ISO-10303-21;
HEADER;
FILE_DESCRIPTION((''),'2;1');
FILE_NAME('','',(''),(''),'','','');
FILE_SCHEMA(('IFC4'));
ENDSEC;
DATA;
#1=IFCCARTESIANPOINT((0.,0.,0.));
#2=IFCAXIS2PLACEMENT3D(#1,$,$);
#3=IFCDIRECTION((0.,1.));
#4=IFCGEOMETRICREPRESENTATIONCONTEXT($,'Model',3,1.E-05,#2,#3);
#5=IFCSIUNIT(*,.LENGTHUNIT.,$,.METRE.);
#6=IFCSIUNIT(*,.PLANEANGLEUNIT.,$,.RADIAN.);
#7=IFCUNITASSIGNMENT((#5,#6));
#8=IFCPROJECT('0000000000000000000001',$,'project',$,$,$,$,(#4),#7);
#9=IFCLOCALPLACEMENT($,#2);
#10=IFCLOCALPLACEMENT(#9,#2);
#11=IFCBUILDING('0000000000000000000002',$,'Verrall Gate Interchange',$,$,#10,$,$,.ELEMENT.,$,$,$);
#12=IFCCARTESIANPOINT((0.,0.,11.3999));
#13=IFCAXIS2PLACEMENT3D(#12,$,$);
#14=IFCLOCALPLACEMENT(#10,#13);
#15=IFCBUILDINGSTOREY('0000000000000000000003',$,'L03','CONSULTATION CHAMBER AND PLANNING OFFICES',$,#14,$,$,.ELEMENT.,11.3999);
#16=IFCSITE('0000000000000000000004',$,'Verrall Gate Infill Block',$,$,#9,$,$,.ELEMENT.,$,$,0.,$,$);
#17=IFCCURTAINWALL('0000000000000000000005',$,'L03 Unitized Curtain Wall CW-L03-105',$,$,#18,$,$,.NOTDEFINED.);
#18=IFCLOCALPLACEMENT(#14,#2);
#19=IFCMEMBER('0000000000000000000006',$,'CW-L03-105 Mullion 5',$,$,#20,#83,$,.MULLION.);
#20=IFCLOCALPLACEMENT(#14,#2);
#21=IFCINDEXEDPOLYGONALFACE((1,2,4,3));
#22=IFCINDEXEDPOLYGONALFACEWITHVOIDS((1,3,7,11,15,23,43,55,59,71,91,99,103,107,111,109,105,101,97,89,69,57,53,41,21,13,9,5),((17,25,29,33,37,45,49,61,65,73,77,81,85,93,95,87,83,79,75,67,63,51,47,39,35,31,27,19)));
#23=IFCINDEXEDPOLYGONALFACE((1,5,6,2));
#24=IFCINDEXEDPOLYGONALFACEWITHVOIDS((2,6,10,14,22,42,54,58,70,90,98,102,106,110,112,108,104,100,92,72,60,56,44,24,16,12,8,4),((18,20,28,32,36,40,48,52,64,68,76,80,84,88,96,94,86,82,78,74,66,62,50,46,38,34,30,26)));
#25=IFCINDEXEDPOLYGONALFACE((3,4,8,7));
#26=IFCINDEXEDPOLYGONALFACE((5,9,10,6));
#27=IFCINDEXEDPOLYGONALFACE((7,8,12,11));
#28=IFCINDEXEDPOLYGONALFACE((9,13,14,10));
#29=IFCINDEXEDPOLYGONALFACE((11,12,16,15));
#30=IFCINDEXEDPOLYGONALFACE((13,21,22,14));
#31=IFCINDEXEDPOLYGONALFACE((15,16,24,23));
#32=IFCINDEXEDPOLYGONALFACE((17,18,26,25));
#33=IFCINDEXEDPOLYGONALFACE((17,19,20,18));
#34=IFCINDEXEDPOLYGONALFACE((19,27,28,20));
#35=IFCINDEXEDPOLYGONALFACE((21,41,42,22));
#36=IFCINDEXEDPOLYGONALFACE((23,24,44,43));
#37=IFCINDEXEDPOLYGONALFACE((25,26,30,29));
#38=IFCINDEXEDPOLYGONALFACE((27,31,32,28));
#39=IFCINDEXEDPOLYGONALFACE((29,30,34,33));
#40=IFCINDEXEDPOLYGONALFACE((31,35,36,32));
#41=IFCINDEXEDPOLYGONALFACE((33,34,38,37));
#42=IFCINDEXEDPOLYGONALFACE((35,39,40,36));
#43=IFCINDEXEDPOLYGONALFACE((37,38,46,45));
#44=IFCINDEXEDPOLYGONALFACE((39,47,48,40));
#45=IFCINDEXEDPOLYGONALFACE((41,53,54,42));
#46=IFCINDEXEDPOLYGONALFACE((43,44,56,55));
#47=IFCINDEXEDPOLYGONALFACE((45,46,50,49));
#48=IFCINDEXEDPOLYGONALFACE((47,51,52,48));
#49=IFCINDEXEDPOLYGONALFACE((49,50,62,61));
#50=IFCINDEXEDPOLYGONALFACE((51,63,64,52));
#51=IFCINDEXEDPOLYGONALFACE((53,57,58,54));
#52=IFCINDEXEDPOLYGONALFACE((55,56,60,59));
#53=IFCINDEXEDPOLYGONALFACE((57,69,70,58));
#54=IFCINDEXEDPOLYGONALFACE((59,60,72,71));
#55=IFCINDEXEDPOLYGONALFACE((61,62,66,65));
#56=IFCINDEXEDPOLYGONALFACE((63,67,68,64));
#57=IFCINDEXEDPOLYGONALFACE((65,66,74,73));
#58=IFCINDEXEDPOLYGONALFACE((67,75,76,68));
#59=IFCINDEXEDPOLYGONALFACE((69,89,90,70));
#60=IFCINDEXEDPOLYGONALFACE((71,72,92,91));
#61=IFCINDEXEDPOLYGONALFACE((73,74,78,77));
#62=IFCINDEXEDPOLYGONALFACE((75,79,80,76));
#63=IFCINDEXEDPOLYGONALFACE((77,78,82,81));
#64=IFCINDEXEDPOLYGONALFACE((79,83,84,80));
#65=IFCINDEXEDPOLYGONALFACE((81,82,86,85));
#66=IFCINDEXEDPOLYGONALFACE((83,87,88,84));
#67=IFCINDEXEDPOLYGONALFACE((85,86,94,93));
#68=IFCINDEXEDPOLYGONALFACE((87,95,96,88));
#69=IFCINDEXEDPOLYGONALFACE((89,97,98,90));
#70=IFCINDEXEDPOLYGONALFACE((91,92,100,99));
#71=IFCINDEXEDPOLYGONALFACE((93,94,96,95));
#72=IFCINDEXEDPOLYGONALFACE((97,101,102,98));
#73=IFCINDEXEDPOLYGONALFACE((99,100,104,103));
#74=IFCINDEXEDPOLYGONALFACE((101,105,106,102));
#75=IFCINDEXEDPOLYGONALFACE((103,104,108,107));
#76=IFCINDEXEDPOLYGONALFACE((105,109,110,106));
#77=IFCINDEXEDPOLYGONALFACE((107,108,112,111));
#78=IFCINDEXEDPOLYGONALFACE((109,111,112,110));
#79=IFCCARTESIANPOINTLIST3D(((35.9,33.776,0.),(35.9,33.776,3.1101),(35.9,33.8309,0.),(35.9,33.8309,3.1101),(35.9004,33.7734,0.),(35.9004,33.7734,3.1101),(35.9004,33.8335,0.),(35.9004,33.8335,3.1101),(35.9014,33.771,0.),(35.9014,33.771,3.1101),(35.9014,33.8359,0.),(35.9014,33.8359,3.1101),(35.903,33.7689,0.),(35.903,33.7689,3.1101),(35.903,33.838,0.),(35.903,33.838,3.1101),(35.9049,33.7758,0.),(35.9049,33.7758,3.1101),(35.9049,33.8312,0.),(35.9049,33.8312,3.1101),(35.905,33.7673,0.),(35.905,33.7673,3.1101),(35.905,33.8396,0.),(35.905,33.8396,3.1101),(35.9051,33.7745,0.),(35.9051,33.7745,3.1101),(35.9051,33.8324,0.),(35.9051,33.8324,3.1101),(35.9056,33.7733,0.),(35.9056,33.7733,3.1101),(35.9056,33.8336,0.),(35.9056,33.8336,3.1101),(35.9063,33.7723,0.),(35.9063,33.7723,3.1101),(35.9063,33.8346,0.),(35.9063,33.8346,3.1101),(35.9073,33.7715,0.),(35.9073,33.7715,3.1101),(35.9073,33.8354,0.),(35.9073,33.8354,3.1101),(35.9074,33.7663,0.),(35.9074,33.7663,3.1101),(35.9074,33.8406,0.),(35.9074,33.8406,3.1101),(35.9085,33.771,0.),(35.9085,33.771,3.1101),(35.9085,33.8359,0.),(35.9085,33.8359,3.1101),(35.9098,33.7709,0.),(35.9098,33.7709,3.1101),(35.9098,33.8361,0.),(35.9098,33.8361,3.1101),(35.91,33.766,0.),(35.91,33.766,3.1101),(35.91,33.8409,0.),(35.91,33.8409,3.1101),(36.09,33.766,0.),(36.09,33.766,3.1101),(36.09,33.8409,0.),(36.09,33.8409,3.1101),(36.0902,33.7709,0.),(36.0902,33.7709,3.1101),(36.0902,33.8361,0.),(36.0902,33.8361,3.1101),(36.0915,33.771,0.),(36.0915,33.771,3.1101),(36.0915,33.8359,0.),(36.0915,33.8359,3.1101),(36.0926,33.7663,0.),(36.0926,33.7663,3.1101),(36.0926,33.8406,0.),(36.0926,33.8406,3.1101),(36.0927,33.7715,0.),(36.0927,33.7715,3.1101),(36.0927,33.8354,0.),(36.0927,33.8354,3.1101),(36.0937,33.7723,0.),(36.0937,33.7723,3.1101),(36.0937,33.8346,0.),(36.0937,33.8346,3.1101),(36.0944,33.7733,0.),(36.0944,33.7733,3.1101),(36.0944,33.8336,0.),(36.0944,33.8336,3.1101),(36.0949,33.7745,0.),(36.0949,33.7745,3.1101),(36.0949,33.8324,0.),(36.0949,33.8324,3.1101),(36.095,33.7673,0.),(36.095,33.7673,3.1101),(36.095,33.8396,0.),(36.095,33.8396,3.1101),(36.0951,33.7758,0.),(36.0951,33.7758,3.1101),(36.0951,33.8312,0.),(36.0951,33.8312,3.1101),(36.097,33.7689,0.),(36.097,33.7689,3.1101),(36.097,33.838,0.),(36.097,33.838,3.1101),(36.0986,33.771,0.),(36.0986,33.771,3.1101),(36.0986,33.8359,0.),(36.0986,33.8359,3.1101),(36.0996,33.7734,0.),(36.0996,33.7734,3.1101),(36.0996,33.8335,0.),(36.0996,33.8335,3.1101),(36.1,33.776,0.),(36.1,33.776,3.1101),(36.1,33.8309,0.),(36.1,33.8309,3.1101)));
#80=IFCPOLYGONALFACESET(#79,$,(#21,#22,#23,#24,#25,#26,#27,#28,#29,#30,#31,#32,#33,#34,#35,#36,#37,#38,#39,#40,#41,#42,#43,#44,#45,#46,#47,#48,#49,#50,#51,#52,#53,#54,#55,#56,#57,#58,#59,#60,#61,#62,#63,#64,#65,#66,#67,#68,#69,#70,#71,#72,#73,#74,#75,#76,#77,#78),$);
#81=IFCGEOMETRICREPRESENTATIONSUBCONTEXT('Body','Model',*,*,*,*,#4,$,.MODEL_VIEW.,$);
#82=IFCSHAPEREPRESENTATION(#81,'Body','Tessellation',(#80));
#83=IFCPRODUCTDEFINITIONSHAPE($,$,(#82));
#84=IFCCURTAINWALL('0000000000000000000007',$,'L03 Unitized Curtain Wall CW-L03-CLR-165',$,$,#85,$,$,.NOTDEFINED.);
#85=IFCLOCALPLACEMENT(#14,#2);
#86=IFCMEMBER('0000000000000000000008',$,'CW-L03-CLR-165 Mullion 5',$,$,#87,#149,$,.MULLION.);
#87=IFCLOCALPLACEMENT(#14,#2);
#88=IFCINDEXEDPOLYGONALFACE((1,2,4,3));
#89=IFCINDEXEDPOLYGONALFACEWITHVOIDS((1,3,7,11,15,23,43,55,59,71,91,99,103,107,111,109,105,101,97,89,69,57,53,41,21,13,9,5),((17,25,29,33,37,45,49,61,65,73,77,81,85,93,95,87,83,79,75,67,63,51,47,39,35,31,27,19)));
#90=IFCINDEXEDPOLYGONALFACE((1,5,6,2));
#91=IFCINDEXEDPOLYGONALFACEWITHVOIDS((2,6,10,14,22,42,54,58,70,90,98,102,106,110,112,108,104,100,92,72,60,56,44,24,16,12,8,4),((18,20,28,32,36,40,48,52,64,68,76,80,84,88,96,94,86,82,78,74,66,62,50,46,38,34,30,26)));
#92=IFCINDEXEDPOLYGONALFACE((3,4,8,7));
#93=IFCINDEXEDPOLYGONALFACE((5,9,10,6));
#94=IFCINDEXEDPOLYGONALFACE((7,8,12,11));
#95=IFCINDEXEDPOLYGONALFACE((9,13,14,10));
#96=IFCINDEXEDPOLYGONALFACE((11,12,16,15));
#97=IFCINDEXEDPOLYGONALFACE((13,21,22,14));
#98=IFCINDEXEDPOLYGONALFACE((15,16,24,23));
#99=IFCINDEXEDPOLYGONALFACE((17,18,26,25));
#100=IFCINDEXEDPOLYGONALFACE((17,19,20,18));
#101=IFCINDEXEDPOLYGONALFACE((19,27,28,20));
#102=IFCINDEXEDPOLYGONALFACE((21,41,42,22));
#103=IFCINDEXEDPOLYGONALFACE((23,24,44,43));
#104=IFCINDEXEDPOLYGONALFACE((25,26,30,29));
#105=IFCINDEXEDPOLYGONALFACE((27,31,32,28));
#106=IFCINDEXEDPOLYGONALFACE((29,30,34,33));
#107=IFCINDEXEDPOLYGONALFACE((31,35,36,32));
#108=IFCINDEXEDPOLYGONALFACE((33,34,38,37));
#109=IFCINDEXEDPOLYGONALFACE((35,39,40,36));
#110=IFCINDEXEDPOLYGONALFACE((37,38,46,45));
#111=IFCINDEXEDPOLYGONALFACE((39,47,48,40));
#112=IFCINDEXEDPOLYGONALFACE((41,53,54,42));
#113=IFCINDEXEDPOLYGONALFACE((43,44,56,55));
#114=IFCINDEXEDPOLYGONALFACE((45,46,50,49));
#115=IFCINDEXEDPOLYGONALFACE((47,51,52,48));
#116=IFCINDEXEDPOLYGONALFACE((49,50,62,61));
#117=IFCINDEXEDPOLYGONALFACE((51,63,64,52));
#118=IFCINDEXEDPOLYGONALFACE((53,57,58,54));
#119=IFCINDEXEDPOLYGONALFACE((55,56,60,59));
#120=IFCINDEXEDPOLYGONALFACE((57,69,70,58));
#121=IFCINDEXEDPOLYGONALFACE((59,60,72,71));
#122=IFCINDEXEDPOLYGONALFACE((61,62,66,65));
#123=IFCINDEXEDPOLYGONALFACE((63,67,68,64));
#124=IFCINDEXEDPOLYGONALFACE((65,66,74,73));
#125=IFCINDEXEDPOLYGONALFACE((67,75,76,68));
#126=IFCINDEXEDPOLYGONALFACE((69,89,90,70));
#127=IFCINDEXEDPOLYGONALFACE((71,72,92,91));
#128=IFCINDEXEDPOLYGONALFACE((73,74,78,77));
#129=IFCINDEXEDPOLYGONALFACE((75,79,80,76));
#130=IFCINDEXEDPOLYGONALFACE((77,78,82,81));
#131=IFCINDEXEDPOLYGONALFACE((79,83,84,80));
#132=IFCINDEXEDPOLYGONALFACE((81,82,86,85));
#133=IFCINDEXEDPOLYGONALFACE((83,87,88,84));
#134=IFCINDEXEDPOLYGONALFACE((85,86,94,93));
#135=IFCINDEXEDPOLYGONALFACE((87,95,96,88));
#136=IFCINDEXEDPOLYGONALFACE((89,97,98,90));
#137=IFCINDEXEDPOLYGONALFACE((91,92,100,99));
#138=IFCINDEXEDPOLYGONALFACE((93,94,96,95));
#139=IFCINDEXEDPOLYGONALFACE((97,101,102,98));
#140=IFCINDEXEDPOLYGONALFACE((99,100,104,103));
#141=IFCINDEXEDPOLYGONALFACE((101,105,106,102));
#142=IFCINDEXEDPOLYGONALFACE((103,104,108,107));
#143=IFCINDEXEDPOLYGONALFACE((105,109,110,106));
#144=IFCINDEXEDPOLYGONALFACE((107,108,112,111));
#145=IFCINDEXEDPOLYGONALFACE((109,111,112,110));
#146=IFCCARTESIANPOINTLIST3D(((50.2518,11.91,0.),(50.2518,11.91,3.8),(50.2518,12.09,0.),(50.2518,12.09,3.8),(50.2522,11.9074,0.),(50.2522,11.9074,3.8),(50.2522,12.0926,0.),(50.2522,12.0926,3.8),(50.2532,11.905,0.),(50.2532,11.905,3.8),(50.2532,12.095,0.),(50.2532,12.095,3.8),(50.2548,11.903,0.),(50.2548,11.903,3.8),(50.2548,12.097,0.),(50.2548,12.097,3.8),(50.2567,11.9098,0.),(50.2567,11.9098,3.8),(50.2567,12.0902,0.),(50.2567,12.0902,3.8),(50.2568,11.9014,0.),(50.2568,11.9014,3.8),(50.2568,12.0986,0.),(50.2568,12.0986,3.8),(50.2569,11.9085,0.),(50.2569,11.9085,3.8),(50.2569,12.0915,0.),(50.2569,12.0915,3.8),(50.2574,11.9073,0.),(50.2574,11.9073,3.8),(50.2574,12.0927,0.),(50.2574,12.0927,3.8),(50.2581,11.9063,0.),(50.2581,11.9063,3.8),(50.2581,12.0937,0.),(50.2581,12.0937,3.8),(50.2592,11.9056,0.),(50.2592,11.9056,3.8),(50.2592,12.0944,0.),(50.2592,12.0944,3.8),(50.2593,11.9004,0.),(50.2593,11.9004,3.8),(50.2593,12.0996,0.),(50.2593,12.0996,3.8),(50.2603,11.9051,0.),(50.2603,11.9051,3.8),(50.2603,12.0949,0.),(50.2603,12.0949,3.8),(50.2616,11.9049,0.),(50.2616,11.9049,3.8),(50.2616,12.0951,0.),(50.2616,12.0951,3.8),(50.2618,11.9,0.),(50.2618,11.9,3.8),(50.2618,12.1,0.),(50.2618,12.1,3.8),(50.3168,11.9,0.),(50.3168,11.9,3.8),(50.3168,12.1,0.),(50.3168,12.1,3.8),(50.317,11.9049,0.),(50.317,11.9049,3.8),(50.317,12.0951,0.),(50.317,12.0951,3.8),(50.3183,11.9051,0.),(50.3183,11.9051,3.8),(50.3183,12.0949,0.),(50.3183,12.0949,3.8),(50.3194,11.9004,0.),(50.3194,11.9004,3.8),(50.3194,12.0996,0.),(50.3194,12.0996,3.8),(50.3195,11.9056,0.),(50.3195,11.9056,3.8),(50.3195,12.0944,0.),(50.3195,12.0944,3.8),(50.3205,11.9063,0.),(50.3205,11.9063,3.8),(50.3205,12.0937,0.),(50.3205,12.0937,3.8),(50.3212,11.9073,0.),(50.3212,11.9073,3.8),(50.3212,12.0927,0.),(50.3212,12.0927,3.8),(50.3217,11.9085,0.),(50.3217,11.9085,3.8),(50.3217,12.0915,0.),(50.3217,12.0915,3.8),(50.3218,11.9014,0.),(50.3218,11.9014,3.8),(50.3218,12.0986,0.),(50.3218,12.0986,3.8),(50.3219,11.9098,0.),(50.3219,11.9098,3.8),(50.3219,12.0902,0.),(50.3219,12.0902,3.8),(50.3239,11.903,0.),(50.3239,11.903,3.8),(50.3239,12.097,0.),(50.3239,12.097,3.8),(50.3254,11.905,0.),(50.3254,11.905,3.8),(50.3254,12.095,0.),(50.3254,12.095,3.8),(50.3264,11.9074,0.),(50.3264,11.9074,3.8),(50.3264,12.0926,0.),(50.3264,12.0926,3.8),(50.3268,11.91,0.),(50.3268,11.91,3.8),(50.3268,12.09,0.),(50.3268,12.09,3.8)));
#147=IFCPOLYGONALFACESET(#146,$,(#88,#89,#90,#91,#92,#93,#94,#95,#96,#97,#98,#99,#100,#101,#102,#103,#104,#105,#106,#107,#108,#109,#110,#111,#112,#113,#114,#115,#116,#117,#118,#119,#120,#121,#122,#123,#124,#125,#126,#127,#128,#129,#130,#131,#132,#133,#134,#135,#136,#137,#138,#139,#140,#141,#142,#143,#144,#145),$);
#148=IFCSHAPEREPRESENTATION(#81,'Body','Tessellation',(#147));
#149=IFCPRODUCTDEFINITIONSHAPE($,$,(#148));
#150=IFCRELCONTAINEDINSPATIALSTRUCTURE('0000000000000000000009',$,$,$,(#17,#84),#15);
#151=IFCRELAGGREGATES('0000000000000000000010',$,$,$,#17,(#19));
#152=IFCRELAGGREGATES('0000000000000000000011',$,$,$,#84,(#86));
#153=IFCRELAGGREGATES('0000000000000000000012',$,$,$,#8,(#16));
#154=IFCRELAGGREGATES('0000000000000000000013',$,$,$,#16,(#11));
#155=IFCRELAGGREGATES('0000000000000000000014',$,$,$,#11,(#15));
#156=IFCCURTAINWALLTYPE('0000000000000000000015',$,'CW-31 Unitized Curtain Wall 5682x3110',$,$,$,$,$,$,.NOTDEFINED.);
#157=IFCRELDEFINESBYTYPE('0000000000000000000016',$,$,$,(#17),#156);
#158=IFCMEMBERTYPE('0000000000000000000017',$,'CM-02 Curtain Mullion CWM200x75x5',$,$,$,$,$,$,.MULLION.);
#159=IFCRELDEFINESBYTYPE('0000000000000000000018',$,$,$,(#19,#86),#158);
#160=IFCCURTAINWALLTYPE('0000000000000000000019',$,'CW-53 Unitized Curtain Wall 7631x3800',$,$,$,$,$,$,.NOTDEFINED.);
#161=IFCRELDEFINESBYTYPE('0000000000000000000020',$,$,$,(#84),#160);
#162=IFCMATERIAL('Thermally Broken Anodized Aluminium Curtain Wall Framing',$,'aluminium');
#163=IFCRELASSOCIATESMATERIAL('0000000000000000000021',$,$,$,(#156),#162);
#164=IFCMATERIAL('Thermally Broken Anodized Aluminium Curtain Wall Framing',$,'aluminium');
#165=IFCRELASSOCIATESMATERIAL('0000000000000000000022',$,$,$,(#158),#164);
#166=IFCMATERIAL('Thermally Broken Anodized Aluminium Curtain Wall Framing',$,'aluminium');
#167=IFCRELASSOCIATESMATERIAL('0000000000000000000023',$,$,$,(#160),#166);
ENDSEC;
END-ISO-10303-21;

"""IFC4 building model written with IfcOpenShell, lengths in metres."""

from ifc_helpers import new_model, si_unit, direction, frame, origin, origin_2d, place, context, subcontext, project, spatial, hollow_rectangle, extrude, material, material_profile, profile_set, type_object, element, aggregate, save


model = new_model("IFC4")

# Units and contexts
model_context = context("Model", 3, precision=1e-05, world=origin(), true_north=direction((0.0, 1.0)))
body_context = subcontext(model_context, "Body", "Model", "MODEL_VIEW")
ifc_project = project(units=[si_unit("LENGTHUNIT", "METRE"), si_unit("PLANEANGLEUNIT", "RADIAN")], contexts=[model_context])

# Site, building, storey
site_placement = place(None, origin())
site = spatial("IfcSite", under=ifc_project, at=site_placement, Name="Verrall Gate Infill Block", CompositionType="ELEMENT", RefElevation=0.0)
building_placement = place(site_placement, origin())
building = spatial("IfcBuilding", under=site, at=building_placement, Name="Verrall Gate Interchange", CompositionType="ELEMENT")
storey_placement = place(building_placement, frame((0.0, 0.0, 11.3999)))
storey = spatial("IfcBuildingStorey", under=building, at=storey_placement, Name="L03", Description="CONSULTATION CHAMBER AND PLANNING OFFICES", CompositionType="ELEMENT", Elevation=11.3999)

# Curtain walls, members
ifc_material_1 = material(Name="Thermally Broken Anodized Aluminium Curtain Wall Framing", Category="aluminium")
curtain_wall_type_1 = type_object("IfcCurtainWallType", Name="CW-31 Unitized Curtain Wall 5682x3110", PredefinedType="NOTDEFINED", material=ifc_material_1)
curtain_wall_1_placement = place(storey_placement, origin())
curtain_wall_1 = element("IfcCurtainWall", 1, at=curtain_wall_1_placement, inside=storey, type_object=curtain_wall_type_1, Name="L03 Unitized Curtain Wall CW-L03-105", PredefinedType="NOTDEFINED")
ifc_material_2 = material(Name="Thermally Broken Anodized Aluminium Curtain Wall Framing", Category="aluminium")
ifc_material_profile_1 = material_profile(ifc_material_2, hollow_rectangle(XDim=0.075, YDim=0.2, WallThickness=0.0049, InnerFilletRadius=0.0049, OuterFilletRadius=0.01, at=origin_2d()), Name="CWM200x75x5")
ifc_profile_set_1 = profile_set([ifc_material_profile_1], Name="Thermally Broken Anodized Aluminium Curtain Wall Framing")
member_type = type_object("IfcMemberType", Name="CM-02 Curtain Mullion CWM200x75x5", PredefinedType="MULLION", material=ifc_profile_set_1)
member_1_placement = place(storey_placement, frame((36.0, 33.8035, 0.0), z_axis=(0.0, 0.0, 1.0), x_axis=(0.0, 1.0, 0.0)))
member_1 = element("IfcMember", 2, at=member_1_placement, type_object=member_type, Name="CW-L03-105 Mullion 5", PredefinedType="MULLION", context=body_context, shape_type="SweptSolid", body=[
    extrude(hollow_rectangle(XDim=0.075, YDim=0.2, WallThickness=0.0049, InnerFilletRadius=0.0049, OuterFilletRadius=0.01, at=origin_2d()), origin(), (0.0, 0.0, 1.0), 3.1101),
])
ifc_material_3 = material(Name="Thermally Broken Anodized Aluminium Curtain Wall Framing", Category="aluminium")
curtain_wall_type_2 = type_object("IfcCurtainWallType", Name="CW-53 Unitized Curtain Wall 7631x3800", PredefinedType="NOTDEFINED", material=ifc_material_3)
curtain_wall_2_placement = place(storey_placement, origin())
curtain_wall_2 = element("IfcCurtainWall", 3, at=curtain_wall_2_placement, inside=storey, type_object=curtain_wall_type_2, Name="L03 Unitized Curtain Wall CW-L03-CLR-165", PredefinedType="NOTDEFINED")
member_2_placement = place(storey_placement, frame((50.2893, 12.0, 0.0), z_axis=(0.0, 0.0, 1.0), x_axis=(1.0, 0.0, 0.0)))
member_2 = element("IfcMember", 4, at=member_2_placement, type_object=member_type, Name="CW-L03-CLR-165 Mullion 5", PredefinedType="MULLION", context=body_context, shape_type="SweptSolid", body=[
    extrude(hollow_rectangle(XDim=0.075, YDim=0.2, WallThickness=0.0049, InnerFilletRadius=0.0049, OuterFilletRadius=0.01, at=origin_2d()), origin(), (0.0, 0.0, 1.0), 3.8),
])

aggregate(curtain_wall_1, [member_1])
aggregate(curtain_wall_2, [member_2])

save(model, "model.ifc")
